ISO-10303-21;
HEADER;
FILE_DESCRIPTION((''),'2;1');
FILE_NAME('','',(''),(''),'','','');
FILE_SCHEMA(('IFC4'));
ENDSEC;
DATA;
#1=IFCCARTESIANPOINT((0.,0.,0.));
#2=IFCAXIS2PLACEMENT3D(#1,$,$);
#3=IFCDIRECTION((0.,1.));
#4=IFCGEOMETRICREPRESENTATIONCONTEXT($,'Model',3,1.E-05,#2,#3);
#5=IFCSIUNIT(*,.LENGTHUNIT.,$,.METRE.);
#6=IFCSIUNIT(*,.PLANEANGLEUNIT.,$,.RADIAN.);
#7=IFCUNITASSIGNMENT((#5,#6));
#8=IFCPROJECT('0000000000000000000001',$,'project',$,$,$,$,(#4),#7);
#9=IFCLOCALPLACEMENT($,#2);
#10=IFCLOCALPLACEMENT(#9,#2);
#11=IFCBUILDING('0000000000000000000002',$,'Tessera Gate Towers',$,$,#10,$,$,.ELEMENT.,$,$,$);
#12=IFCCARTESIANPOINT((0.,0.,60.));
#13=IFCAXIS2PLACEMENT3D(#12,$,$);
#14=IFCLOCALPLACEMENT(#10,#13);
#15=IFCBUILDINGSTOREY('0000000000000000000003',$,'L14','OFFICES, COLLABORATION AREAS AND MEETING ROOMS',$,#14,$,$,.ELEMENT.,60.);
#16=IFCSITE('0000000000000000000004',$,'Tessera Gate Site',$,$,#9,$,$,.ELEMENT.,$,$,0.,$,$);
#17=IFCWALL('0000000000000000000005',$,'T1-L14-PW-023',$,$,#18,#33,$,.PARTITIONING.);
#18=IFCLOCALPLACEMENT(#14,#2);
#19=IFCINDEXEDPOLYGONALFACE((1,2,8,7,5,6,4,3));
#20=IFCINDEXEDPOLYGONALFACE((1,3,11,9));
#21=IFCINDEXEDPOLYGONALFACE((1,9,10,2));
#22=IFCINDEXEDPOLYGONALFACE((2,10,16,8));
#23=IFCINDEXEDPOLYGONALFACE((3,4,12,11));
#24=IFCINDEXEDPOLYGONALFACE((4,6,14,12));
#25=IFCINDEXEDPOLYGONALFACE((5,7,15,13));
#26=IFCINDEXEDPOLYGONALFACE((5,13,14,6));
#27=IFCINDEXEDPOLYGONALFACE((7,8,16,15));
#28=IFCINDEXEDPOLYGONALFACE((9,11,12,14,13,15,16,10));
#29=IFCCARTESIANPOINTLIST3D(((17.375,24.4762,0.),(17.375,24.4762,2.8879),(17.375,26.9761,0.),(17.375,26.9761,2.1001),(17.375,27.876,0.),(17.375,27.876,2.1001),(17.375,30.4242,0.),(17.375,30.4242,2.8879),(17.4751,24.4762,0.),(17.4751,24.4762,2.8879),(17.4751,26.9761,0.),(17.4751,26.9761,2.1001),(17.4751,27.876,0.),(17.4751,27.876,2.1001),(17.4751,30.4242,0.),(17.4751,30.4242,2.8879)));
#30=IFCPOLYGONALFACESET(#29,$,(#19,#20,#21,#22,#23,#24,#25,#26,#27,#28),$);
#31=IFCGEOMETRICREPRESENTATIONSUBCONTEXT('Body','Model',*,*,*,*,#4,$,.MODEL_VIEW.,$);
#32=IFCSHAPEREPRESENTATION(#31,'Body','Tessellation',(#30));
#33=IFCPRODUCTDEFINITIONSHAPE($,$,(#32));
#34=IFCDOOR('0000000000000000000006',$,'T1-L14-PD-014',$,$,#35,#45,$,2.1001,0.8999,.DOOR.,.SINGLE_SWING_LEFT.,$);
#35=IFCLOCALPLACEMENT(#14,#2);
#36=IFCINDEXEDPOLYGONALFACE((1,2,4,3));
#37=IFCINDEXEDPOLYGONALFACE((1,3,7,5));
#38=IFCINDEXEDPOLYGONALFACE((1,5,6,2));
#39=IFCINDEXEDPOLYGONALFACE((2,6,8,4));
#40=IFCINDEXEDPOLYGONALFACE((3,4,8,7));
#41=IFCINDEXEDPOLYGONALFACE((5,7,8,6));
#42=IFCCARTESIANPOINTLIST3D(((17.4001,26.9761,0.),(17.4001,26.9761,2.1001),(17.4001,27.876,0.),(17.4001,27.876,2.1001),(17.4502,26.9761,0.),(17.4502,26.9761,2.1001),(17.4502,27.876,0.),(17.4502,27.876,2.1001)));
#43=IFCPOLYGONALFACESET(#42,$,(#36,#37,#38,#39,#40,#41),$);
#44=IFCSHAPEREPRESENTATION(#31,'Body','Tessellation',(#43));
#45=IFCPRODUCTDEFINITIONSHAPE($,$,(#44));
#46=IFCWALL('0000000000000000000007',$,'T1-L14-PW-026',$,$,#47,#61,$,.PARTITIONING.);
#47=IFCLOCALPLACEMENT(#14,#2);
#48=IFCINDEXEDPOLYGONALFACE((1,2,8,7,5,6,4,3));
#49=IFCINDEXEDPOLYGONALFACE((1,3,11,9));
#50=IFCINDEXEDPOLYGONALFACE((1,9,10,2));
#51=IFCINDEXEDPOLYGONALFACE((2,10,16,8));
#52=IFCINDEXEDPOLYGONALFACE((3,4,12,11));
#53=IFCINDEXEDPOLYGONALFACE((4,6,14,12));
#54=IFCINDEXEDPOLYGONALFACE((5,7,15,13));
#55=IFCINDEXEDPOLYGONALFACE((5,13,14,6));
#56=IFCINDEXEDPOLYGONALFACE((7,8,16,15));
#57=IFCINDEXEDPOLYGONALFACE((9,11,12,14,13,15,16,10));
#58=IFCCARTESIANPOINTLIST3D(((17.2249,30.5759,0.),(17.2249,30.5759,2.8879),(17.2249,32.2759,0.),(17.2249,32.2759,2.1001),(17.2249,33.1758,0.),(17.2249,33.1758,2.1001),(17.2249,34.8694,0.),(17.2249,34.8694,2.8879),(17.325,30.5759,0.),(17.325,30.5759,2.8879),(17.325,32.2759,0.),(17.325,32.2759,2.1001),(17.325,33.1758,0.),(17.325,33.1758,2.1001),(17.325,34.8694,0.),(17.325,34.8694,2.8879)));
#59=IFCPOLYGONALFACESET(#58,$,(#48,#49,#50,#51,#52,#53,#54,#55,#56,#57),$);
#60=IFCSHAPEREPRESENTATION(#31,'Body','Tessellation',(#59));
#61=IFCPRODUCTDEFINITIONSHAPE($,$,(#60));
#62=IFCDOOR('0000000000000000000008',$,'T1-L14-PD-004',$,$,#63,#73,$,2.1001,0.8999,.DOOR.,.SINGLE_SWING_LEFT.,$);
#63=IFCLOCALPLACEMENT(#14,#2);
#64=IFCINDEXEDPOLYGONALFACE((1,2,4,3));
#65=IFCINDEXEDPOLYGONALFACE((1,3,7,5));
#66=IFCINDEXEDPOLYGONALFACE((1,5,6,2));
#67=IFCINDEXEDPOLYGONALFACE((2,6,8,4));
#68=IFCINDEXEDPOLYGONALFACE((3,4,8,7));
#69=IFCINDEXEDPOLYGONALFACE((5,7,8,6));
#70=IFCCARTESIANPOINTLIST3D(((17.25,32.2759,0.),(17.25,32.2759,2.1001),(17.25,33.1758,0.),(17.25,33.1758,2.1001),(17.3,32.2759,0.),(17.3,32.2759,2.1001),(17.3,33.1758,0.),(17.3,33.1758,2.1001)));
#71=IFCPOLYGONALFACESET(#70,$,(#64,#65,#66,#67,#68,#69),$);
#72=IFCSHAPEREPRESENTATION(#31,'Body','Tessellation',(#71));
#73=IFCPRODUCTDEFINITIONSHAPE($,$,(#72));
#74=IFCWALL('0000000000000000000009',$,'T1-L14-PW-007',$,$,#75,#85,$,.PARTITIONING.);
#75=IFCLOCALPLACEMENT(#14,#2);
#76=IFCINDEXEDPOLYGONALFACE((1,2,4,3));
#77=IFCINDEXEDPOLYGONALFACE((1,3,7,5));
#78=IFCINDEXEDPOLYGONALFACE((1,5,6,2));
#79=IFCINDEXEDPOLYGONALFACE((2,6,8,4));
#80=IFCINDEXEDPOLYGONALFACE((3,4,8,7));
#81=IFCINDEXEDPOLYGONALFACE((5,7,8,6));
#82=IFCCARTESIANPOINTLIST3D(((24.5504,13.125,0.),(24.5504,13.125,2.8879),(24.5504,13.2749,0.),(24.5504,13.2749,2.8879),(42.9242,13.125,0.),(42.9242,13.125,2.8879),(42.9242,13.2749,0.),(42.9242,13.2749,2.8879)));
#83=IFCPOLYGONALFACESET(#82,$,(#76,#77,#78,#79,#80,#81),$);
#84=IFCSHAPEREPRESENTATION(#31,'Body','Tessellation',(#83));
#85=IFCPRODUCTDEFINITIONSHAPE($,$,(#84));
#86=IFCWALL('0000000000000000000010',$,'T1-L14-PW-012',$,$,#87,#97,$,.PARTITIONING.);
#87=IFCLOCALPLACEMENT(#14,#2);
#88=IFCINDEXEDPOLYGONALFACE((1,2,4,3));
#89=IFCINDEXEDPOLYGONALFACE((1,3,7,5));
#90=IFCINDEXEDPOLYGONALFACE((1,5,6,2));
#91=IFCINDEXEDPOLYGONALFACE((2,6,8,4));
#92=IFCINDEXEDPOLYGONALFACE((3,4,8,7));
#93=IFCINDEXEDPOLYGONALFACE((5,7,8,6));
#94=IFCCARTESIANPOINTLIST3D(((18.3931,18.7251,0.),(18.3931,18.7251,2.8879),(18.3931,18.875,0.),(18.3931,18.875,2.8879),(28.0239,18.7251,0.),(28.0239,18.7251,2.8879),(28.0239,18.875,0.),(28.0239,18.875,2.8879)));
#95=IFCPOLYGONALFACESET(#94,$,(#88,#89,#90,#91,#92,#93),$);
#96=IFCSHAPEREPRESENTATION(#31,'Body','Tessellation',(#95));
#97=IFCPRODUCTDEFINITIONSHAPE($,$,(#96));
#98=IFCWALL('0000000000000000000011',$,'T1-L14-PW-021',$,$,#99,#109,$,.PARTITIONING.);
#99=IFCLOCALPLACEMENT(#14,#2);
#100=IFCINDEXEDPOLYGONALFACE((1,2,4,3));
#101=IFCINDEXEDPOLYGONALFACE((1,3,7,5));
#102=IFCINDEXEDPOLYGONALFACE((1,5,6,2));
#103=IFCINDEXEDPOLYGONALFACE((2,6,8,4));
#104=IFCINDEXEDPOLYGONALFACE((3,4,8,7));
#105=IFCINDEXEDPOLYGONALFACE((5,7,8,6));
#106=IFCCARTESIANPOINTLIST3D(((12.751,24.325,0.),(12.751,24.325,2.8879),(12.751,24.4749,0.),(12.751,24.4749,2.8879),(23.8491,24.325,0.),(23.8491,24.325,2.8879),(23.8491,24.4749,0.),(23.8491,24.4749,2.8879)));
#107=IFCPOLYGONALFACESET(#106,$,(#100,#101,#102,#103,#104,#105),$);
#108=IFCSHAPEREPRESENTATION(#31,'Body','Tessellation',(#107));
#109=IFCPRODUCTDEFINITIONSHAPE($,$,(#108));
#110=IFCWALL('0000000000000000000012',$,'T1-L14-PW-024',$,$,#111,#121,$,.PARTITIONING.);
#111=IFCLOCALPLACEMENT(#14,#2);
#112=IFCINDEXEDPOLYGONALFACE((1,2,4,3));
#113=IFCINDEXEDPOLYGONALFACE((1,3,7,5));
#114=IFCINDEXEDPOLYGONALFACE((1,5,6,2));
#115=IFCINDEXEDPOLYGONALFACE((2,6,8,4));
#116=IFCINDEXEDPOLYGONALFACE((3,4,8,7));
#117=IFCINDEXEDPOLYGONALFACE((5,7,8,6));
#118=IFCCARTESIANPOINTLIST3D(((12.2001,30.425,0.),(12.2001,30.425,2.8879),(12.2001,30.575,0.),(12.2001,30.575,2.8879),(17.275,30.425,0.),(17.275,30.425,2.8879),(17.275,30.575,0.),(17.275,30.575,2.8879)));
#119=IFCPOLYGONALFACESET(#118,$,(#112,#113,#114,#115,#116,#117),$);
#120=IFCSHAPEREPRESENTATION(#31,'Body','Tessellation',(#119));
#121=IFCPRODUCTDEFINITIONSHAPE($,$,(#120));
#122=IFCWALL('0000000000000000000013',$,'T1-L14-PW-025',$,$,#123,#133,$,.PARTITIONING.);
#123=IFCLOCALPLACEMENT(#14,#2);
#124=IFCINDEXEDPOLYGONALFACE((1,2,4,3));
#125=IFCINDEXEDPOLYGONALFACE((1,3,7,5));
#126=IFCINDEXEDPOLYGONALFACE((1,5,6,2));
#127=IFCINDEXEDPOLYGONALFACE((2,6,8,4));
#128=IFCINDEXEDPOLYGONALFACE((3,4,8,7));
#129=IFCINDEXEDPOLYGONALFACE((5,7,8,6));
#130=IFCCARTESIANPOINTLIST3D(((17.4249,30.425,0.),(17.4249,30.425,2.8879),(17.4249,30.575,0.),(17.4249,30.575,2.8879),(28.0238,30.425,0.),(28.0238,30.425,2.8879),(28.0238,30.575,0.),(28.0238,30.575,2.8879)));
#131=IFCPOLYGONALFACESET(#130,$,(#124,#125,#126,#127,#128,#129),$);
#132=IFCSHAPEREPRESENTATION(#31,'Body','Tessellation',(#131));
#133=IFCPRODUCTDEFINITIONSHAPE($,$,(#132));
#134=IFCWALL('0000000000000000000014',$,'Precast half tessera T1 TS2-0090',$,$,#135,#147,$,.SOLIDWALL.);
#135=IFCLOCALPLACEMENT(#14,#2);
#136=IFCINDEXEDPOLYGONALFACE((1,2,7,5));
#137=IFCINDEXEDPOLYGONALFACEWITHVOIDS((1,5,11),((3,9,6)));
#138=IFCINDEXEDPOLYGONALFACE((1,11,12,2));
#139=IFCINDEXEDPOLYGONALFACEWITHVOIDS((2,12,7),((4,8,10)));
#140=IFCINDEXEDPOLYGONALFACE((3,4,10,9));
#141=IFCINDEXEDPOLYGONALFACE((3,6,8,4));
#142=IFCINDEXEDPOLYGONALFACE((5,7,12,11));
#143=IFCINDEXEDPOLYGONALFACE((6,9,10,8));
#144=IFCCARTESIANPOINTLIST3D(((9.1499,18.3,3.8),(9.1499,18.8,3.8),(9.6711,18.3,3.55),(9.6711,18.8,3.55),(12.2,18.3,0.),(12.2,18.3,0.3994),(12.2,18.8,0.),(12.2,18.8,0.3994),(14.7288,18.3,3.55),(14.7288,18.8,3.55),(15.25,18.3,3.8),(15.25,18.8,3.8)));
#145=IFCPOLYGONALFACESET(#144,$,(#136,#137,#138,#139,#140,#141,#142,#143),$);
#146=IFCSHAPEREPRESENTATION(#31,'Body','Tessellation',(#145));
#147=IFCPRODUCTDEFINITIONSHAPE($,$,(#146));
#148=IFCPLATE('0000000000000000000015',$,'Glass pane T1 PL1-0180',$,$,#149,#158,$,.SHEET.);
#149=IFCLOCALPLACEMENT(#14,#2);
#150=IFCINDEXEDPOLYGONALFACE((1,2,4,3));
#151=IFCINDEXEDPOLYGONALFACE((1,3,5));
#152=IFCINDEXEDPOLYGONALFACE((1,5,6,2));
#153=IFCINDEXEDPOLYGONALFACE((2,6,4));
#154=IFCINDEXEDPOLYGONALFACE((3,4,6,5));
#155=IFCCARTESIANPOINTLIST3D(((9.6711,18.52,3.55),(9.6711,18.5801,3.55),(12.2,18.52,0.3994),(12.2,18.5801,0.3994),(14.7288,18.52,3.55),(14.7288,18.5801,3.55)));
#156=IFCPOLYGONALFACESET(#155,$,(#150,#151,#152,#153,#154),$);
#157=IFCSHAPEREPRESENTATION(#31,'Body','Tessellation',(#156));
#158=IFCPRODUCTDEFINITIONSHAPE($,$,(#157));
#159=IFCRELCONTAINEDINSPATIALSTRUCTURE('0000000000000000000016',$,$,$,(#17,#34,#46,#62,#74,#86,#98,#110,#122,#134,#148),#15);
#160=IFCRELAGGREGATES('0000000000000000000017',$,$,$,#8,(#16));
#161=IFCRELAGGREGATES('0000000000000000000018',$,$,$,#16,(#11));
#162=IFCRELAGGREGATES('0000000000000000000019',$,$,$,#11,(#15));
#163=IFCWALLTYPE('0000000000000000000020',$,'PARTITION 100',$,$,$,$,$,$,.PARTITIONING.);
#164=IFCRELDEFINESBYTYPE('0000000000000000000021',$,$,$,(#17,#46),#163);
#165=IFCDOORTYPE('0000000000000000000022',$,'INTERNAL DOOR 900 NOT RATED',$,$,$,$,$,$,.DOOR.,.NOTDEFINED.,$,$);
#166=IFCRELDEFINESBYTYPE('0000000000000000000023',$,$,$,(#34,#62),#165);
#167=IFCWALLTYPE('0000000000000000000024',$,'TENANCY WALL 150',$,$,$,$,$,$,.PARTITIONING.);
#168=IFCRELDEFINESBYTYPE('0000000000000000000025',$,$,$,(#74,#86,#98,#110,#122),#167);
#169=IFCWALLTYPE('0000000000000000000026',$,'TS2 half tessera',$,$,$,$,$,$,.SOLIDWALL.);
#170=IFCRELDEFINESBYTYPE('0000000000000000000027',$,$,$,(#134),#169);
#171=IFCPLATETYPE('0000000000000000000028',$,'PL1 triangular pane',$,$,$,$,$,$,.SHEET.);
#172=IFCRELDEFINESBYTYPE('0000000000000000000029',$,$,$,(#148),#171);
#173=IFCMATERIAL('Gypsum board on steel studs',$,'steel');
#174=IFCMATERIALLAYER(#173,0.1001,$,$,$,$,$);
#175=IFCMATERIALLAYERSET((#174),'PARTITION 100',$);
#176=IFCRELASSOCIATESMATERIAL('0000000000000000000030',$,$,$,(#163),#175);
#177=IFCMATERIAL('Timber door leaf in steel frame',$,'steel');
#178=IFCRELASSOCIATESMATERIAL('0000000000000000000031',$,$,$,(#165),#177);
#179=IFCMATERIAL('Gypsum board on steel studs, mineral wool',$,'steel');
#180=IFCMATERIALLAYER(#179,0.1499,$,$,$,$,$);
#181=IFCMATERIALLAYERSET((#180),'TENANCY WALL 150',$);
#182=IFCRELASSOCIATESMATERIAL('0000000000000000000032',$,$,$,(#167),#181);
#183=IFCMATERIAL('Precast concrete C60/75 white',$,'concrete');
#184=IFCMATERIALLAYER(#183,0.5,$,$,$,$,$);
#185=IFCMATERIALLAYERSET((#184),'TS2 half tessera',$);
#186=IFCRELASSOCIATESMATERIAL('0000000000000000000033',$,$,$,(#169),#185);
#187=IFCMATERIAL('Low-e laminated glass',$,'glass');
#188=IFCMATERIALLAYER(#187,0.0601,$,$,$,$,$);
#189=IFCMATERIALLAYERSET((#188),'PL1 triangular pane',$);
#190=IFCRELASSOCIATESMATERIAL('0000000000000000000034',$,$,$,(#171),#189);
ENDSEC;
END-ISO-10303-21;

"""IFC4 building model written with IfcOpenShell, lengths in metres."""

from ifc_helpers import new_model, si_unit, direction, frame, frame_2d, origin, place, context, subcontext, project, spatial, polyline, rectangle, outline, extrude, source, transform, mapped, material, layer, layer_set, type_object, element, fill, save


model = new_model("IFC4")

# Units and contexts
model_context = context("Model", 3, precision=1e-05, world=origin(), true_north=direction((0.0, 1.0)))
body_context = subcontext(model_context, "Body", "Model", "MODEL_VIEW")
ifc_project = project(units=[si_unit("LENGTHUNIT", "METRE"), si_unit("PLANEANGLEUNIT", "RADIAN")], contexts=[model_context])

# Site, building, storey
site_placement = place(None, origin())
site = spatial("IfcSite", under=ifc_project, at=site_placement, Name="Tessera Gate Site", CompositionType="ELEMENT", RefElevation=0.0)
building_placement = place(site_placement, origin())
building = spatial("IfcBuilding", under=site, at=building_placement, Name="Tessera Gate Towers", CompositionType="ELEMENT")
storey_placement = place(building_placement, frame((0.0, 0.0, 60.0)))
storey = spatial("IfcBuildingStorey", under=building, at=storey_placement, Name="L14", Description="OFFICES, COLLABORATION AREAS AND MEETING ROOMS", CompositionType="ELEMENT", Elevation=60.0)

# Walls, openings, doors
shared_shape_1 = source(origin(), body_context, "Body", "SweptSolid", [
    extrude(rectangle(XDim=0.8999, YDim=2.1001, at=frame_2d((0.45, 1.05))), frame((0.0, 0.0601, 0.0), z_axis=(0.0, -1.0, 0.0), x_axis=(1.0, 0.0, 0.0)), (0.0, 0.0, 1.0), 0.1201),
])
shared_shape_2 = source(origin(), body_context, "Body", "SweptSolid", [
    extrude(rectangle(XDim=0.8999, YDim=2.1001, at=frame_2d((0.45, 1.05))), frame((0.0, 0.0249, 0.0), z_axis=(0.0, -1.0, 0.0), x_axis=(1.0, 0.0, 0.0)), (0.0, 0.0, 1.0), 0.05),
])
ifc_material_1 = material(Name="Gypsum board on steel studs", Category="steel")
ifc_layer_1 = layer(ifc_material_1, 0.1001)
ifc_layer_set_1 = layer_set([ifc_layer_1], Name="PARTITION 100")
wall_type_1 = type_object("IfcWallType", Name="PARTITION 100", PredefinedType="PARTITIONING", material=ifc_layer_set_1)
wall_1_placement = place(storey_placement, frame((17.425, 24.4761, 0.0), z_axis=(0.0, 0.0, 1.0), x_axis=(0.0, 1.0, 0.0)))
wall_1 = element("IfcWall", 1, at=wall_1_placement, inside=storey, type_object=wall_type_1, Name="T1-L14-PW-023", PredefinedType="PARTITIONING", context=body_context, shape_type="SweptSolid", body=[
    extrude(rectangle(XDim=5.948, YDim=0.1001, at=frame_2d((2.9741, 0.0))), origin(), (0.0, 0.0, 1.0), 2.8879),
])
opening_1_placement = place(wall_1_placement, frame((2.5, 0.0, 0.0)))
opening_1 = element("IfcOpeningElement", 2, at=opening_1_placement, cuts=wall_1, PredefinedType="OPENING", context=body_context, shape_type="MappedRepresentation", body=[
    mapped(shared_shape_1, transform((0.0, 0.0, 0.0), scale=1.0)),
])
ifc_material_2 = material(Name="Timber door leaf in steel frame", Category="steel")
door_type_1 = type_object("IfcDoorType", Name="INTERNAL DOOR 900 NOT RATED", OperationType="NOTDEFINED", PredefinedType="DOOR", material=ifc_material_2)
door_1_placement = place(opening_1_placement, origin())
door_1 = element("IfcDoor", 3, at=door_1_placement, inside=storey, type_object=door_type_1, Name="T1-L14-PD-014", OperationType="SINGLE_SWING_LEFT", OverallHeight=2.1001, OverallWidth=0.8999, PredefinedType="DOOR", context=body_context, shape_type="MappedRepresentation", body=[
    mapped(shared_shape_2, transform((0.0, 0.0, 0.0), scale=1.0)),
])
fill(opening_1, door_1)
wall_2_placement = place(storey_placement, frame((17.2749, 30.5759, 0.0), z_axis=(0.0, 0.0, 1.0), x_axis=(0.0, 1.0, 0.0)))
wall_2 = element("IfcWall", 4, at=wall_2_placement, inside=storey, type_object=wall_type_1, Name="T1-L14-PW-026", PredefinedType="PARTITIONING", context=body_context, shape_type="SweptSolid", body=[
    extrude(rectangle(XDim=4.2935, YDim=0.1001, at=frame_2d((2.1467, 0.0))), origin(), (0.0, 0.0, 1.0), 2.8879),
])
opening_2_placement = place(wall_2_placement, frame((1.7, 0.0, 0.0)))
opening_2 = element("IfcOpeningElement", 5, at=opening_2_placement, cuts=wall_2, PredefinedType="OPENING", context=body_context, shape_type="MappedRepresentation", body=[
    mapped(shared_shape_1, transform((0.0, 0.0, 0.0), scale=1.0)),
])
door_2_placement = place(opening_2_placement, origin())
door_2 = element("IfcDoor", 6, at=door_2_placement, inside=storey, type_object=door_type_1, Name="T1-L14-PD-004", OperationType="SINGLE_SWING_LEFT", OverallHeight=2.1001, OverallWidth=0.8999, PredefinedType="DOOR", context=body_context, shape_type="MappedRepresentation", body=[
    mapped(shared_shape_2, transform((0.0, 0.0, 0.0), scale=1.0)),
])
fill(opening_2, door_2)

# Walls
ifc_material_3 = material(Name="Gypsum board on steel studs, mineral wool", Category="steel")
ifc_layer_2 = layer(ifc_material_3, 0.1499)
ifc_layer_set_2 = layer_set([ifc_layer_2], Name="TENANCY WALL 150")
wall_type_2 = type_object("IfcWallType", Name="TENANCY WALL 150", PredefinedType="PARTITIONING", material=ifc_layer_set_2)
wall_3_placement = place(storey_placement, frame((24.5503, 13.2, 0.0), z_axis=(0.0, 0.0, 1.0), x_axis=(1.0, 0.0, 0.0)))
element("IfcWall", 7, at=wall_3_placement, inside=storey, type_object=wall_type_2, Name="T1-L14-PW-007", PredefinedType="PARTITIONING", context=body_context, shape_type="SweptSolid", body=[
    extrude(rectangle(XDim=18.3738, YDim=0.1499, at=frame_2d((9.187, 0.0))), origin(), (0.0, 0.0, 1.0), 2.8879),
])
wall_4_placement = place(storey_placement, frame((18.3931, 18.8, 0.0), z_axis=(0.0, 0.0, 1.0), x_axis=(1.0, 0.0, 0.0)))
element("IfcWall", 8, at=wall_4_placement, inside=storey, type_object=wall_type_2, Name="T1-L14-PW-012", PredefinedType="PARTITIONING", context=body_context, shape_type="SweptSolid", body=[
    extrude(rectangle(XDim=9.6309, YDim=0.1499, at=frame_2d((4.8154, 0.0))), origin(), (0.0, 0.0, 1.0), 2.8879),
])
wall_5_placement = place(storey_placement, frame((12.751, 24.3999, 0.0), z_axis=(0.0, 0.0, 1.0), x_axis=(1.0, 0.0, 0.0)))
element("IfcWall", 9, at=wall_5_placement, inside=storey, type_object=wall_type_2, Name="T1-L14-PW-021", PredefinedType="PARTITIONING", context=body_context, shape_type="SweptSolid", body=[
    extrude(rectangle(XDim=11.0981, YDim=0.1499, at=frame_2d((5.5491, 0.0))), origin(), (0.0, 0.0, 1.0), 2.8879),
])
wall_6_placement = place(storey_placement, frame((12.2, 30.5, 0.0), z_axis=(0.0, 0.0, 1.0), x_axis=(1.0, 0.0, 0.0)))
element("IfcWall", 10, at=wall_6_placement, inside=storey, type_object=wall_type_2, Name="T1-L14-PW-024", PredefinedType="PARTITIONING", context=body_context, shape_type="SweptSolid", body=[
    extrude(rectangle(XDim=5.075, YDim=0.1499, at=frame_2d((2.5376, 0.0))), origin(), (0.0, 0.0, 1.0), 2.8879),
])
wall_7_placement = place(storey_placement, frame((17.425, 30.5, 0.0), z_axis=(0.0, 0.0, 1.0), x_axis=(1.0, 0.0, 0.0)))
element("IfcWall", 11, at=wall_7_placement, inside=storey, type_object=wall_type_2, Name="T1-L14-PW-025", PredefinedType="PARTITIONING", context=body_context, shape_type="SweptSolid", body=[
    extrude(rectangle(XDim=10.5989, YDim=0.1499, at=frame_2d((5.2993, 0.0))), origin(), (0.0, 0.0, 1.0), 2.8879),
])

# Wall, opening, plate
ifc_material_4 = material(Name="Precast concrete C60/75 white", Category="concrete")
ifc_layer_3 = layer(ifc_material_4, 0.5)
ifc_layer_set_3 = layer_set([ifc_layer_3], Name="TS2 half tessera")
wall_type_3 = type_object("IfcWallType", Name="TS2 half tessera", PredefinedType="SOLIDWALL", material=ifc_layer_set_3)
shared_shape_3 = source(origin(), body_context, "Body", "SweptSolid", [
    extrude(outline(polyline([(3.05, 0.0), (6.1001, 3.8), (0.0, 3.8), (3.05, 0.0)])), frame((0.0, 0.25, 0.0), z_axis=(0.0, -1.0, 0.0), x_axis=(1.0, 0.0, 0.0)), (0.0, 0.0, 1.0), 0.5),
])
wall_8_placement = place(storey_placement, frame((9.1499, 18.55, 0.0), z_axis=(0.0, 0.0, 1.0), x_axis=(1.0, 0.0, 0.0)))
wall_8 = element("IfcWall", 12, at=wall_8_placement, inside=storey, type_object=wall_type_3, Name="Precast half tessera T1 TS2-0090", PredefinedType="SOLIDWALL", context=body_context, shape_type="MappedRepresentation", body=[
    mapped(shared_shape_3, transform((0.0, 0.0, 0.0), scale=1.0)),
])
shared_shape_4 = source(origin(), body_context, "Body", "SweptSolid", [
    extrude(outline(polyline([(3.05, 0.3994), (5.5789, 3.55), (0.5212, 3.55), (3.05, 0.3994)])), frame((0.0, 0.26, 0.0), z_axis=(0.0, -1.0, 0.0), x_axis=(1.0, 0.0, 0.0)), (0.0, 0.0, 1.0), 0.52),
])
opening_3_placement = place(wall_8_placement, origin())
opening_3 = element("IfcOpeningElement", 13, at=opening_3_placement, cuts=wall_8, PredefinedType="OPENING", context=body_context, shape_type="MappedRepresentation", body=[
    mapped(shared_shape_4, transform((0.0, 0.0, 0.0), scale=1.0)),
])
ifc_material_5 = material(Name="Low-e laminated glass", Category="glass")
ifc_layer_4 = layer(ifc_material_5, 0.0601)
ifc_layer_set_4 = layer_set([ifc_layer_4], Name="PL1 triangular pane")
plate_type = type_object("IfcPlateType", Name="PL1 triangular pane", PredefinedType="SHEET", material=ifc_layer_set_4)
shared_shape_5 = source(origin(), body_context, "Body", "SweptSolid", [
    extrude(outline(polyline([(3.05, 0.3994), (5.5789, 3.55), (0.5212, 3.55), (3.05, 0.3994)])), frame((0.0, 0.03, 0.0), z_axis=(0.0, -1.0, 0.0), x_axis=(1.0, 0.0, 0.0)), (0.0, 0.0, 1.0), 0.0601),
])
plate_placement = place(opening_3_placement, origin())
plate = element("IfcPlate", 14, at=plate_placement, inside=storey, type_object=plate_type, Name="Glass pane T1 PL1-0180", PredefinedType="SHEET", context=body_context, shape_type="MappedRepresentation", body=[
    mapped(shared_shape_5, transform((0.0, 0.0, 0.0), scale=1.0)),
])
fill(opening_3, plate)

save(model, "model.ifc")
